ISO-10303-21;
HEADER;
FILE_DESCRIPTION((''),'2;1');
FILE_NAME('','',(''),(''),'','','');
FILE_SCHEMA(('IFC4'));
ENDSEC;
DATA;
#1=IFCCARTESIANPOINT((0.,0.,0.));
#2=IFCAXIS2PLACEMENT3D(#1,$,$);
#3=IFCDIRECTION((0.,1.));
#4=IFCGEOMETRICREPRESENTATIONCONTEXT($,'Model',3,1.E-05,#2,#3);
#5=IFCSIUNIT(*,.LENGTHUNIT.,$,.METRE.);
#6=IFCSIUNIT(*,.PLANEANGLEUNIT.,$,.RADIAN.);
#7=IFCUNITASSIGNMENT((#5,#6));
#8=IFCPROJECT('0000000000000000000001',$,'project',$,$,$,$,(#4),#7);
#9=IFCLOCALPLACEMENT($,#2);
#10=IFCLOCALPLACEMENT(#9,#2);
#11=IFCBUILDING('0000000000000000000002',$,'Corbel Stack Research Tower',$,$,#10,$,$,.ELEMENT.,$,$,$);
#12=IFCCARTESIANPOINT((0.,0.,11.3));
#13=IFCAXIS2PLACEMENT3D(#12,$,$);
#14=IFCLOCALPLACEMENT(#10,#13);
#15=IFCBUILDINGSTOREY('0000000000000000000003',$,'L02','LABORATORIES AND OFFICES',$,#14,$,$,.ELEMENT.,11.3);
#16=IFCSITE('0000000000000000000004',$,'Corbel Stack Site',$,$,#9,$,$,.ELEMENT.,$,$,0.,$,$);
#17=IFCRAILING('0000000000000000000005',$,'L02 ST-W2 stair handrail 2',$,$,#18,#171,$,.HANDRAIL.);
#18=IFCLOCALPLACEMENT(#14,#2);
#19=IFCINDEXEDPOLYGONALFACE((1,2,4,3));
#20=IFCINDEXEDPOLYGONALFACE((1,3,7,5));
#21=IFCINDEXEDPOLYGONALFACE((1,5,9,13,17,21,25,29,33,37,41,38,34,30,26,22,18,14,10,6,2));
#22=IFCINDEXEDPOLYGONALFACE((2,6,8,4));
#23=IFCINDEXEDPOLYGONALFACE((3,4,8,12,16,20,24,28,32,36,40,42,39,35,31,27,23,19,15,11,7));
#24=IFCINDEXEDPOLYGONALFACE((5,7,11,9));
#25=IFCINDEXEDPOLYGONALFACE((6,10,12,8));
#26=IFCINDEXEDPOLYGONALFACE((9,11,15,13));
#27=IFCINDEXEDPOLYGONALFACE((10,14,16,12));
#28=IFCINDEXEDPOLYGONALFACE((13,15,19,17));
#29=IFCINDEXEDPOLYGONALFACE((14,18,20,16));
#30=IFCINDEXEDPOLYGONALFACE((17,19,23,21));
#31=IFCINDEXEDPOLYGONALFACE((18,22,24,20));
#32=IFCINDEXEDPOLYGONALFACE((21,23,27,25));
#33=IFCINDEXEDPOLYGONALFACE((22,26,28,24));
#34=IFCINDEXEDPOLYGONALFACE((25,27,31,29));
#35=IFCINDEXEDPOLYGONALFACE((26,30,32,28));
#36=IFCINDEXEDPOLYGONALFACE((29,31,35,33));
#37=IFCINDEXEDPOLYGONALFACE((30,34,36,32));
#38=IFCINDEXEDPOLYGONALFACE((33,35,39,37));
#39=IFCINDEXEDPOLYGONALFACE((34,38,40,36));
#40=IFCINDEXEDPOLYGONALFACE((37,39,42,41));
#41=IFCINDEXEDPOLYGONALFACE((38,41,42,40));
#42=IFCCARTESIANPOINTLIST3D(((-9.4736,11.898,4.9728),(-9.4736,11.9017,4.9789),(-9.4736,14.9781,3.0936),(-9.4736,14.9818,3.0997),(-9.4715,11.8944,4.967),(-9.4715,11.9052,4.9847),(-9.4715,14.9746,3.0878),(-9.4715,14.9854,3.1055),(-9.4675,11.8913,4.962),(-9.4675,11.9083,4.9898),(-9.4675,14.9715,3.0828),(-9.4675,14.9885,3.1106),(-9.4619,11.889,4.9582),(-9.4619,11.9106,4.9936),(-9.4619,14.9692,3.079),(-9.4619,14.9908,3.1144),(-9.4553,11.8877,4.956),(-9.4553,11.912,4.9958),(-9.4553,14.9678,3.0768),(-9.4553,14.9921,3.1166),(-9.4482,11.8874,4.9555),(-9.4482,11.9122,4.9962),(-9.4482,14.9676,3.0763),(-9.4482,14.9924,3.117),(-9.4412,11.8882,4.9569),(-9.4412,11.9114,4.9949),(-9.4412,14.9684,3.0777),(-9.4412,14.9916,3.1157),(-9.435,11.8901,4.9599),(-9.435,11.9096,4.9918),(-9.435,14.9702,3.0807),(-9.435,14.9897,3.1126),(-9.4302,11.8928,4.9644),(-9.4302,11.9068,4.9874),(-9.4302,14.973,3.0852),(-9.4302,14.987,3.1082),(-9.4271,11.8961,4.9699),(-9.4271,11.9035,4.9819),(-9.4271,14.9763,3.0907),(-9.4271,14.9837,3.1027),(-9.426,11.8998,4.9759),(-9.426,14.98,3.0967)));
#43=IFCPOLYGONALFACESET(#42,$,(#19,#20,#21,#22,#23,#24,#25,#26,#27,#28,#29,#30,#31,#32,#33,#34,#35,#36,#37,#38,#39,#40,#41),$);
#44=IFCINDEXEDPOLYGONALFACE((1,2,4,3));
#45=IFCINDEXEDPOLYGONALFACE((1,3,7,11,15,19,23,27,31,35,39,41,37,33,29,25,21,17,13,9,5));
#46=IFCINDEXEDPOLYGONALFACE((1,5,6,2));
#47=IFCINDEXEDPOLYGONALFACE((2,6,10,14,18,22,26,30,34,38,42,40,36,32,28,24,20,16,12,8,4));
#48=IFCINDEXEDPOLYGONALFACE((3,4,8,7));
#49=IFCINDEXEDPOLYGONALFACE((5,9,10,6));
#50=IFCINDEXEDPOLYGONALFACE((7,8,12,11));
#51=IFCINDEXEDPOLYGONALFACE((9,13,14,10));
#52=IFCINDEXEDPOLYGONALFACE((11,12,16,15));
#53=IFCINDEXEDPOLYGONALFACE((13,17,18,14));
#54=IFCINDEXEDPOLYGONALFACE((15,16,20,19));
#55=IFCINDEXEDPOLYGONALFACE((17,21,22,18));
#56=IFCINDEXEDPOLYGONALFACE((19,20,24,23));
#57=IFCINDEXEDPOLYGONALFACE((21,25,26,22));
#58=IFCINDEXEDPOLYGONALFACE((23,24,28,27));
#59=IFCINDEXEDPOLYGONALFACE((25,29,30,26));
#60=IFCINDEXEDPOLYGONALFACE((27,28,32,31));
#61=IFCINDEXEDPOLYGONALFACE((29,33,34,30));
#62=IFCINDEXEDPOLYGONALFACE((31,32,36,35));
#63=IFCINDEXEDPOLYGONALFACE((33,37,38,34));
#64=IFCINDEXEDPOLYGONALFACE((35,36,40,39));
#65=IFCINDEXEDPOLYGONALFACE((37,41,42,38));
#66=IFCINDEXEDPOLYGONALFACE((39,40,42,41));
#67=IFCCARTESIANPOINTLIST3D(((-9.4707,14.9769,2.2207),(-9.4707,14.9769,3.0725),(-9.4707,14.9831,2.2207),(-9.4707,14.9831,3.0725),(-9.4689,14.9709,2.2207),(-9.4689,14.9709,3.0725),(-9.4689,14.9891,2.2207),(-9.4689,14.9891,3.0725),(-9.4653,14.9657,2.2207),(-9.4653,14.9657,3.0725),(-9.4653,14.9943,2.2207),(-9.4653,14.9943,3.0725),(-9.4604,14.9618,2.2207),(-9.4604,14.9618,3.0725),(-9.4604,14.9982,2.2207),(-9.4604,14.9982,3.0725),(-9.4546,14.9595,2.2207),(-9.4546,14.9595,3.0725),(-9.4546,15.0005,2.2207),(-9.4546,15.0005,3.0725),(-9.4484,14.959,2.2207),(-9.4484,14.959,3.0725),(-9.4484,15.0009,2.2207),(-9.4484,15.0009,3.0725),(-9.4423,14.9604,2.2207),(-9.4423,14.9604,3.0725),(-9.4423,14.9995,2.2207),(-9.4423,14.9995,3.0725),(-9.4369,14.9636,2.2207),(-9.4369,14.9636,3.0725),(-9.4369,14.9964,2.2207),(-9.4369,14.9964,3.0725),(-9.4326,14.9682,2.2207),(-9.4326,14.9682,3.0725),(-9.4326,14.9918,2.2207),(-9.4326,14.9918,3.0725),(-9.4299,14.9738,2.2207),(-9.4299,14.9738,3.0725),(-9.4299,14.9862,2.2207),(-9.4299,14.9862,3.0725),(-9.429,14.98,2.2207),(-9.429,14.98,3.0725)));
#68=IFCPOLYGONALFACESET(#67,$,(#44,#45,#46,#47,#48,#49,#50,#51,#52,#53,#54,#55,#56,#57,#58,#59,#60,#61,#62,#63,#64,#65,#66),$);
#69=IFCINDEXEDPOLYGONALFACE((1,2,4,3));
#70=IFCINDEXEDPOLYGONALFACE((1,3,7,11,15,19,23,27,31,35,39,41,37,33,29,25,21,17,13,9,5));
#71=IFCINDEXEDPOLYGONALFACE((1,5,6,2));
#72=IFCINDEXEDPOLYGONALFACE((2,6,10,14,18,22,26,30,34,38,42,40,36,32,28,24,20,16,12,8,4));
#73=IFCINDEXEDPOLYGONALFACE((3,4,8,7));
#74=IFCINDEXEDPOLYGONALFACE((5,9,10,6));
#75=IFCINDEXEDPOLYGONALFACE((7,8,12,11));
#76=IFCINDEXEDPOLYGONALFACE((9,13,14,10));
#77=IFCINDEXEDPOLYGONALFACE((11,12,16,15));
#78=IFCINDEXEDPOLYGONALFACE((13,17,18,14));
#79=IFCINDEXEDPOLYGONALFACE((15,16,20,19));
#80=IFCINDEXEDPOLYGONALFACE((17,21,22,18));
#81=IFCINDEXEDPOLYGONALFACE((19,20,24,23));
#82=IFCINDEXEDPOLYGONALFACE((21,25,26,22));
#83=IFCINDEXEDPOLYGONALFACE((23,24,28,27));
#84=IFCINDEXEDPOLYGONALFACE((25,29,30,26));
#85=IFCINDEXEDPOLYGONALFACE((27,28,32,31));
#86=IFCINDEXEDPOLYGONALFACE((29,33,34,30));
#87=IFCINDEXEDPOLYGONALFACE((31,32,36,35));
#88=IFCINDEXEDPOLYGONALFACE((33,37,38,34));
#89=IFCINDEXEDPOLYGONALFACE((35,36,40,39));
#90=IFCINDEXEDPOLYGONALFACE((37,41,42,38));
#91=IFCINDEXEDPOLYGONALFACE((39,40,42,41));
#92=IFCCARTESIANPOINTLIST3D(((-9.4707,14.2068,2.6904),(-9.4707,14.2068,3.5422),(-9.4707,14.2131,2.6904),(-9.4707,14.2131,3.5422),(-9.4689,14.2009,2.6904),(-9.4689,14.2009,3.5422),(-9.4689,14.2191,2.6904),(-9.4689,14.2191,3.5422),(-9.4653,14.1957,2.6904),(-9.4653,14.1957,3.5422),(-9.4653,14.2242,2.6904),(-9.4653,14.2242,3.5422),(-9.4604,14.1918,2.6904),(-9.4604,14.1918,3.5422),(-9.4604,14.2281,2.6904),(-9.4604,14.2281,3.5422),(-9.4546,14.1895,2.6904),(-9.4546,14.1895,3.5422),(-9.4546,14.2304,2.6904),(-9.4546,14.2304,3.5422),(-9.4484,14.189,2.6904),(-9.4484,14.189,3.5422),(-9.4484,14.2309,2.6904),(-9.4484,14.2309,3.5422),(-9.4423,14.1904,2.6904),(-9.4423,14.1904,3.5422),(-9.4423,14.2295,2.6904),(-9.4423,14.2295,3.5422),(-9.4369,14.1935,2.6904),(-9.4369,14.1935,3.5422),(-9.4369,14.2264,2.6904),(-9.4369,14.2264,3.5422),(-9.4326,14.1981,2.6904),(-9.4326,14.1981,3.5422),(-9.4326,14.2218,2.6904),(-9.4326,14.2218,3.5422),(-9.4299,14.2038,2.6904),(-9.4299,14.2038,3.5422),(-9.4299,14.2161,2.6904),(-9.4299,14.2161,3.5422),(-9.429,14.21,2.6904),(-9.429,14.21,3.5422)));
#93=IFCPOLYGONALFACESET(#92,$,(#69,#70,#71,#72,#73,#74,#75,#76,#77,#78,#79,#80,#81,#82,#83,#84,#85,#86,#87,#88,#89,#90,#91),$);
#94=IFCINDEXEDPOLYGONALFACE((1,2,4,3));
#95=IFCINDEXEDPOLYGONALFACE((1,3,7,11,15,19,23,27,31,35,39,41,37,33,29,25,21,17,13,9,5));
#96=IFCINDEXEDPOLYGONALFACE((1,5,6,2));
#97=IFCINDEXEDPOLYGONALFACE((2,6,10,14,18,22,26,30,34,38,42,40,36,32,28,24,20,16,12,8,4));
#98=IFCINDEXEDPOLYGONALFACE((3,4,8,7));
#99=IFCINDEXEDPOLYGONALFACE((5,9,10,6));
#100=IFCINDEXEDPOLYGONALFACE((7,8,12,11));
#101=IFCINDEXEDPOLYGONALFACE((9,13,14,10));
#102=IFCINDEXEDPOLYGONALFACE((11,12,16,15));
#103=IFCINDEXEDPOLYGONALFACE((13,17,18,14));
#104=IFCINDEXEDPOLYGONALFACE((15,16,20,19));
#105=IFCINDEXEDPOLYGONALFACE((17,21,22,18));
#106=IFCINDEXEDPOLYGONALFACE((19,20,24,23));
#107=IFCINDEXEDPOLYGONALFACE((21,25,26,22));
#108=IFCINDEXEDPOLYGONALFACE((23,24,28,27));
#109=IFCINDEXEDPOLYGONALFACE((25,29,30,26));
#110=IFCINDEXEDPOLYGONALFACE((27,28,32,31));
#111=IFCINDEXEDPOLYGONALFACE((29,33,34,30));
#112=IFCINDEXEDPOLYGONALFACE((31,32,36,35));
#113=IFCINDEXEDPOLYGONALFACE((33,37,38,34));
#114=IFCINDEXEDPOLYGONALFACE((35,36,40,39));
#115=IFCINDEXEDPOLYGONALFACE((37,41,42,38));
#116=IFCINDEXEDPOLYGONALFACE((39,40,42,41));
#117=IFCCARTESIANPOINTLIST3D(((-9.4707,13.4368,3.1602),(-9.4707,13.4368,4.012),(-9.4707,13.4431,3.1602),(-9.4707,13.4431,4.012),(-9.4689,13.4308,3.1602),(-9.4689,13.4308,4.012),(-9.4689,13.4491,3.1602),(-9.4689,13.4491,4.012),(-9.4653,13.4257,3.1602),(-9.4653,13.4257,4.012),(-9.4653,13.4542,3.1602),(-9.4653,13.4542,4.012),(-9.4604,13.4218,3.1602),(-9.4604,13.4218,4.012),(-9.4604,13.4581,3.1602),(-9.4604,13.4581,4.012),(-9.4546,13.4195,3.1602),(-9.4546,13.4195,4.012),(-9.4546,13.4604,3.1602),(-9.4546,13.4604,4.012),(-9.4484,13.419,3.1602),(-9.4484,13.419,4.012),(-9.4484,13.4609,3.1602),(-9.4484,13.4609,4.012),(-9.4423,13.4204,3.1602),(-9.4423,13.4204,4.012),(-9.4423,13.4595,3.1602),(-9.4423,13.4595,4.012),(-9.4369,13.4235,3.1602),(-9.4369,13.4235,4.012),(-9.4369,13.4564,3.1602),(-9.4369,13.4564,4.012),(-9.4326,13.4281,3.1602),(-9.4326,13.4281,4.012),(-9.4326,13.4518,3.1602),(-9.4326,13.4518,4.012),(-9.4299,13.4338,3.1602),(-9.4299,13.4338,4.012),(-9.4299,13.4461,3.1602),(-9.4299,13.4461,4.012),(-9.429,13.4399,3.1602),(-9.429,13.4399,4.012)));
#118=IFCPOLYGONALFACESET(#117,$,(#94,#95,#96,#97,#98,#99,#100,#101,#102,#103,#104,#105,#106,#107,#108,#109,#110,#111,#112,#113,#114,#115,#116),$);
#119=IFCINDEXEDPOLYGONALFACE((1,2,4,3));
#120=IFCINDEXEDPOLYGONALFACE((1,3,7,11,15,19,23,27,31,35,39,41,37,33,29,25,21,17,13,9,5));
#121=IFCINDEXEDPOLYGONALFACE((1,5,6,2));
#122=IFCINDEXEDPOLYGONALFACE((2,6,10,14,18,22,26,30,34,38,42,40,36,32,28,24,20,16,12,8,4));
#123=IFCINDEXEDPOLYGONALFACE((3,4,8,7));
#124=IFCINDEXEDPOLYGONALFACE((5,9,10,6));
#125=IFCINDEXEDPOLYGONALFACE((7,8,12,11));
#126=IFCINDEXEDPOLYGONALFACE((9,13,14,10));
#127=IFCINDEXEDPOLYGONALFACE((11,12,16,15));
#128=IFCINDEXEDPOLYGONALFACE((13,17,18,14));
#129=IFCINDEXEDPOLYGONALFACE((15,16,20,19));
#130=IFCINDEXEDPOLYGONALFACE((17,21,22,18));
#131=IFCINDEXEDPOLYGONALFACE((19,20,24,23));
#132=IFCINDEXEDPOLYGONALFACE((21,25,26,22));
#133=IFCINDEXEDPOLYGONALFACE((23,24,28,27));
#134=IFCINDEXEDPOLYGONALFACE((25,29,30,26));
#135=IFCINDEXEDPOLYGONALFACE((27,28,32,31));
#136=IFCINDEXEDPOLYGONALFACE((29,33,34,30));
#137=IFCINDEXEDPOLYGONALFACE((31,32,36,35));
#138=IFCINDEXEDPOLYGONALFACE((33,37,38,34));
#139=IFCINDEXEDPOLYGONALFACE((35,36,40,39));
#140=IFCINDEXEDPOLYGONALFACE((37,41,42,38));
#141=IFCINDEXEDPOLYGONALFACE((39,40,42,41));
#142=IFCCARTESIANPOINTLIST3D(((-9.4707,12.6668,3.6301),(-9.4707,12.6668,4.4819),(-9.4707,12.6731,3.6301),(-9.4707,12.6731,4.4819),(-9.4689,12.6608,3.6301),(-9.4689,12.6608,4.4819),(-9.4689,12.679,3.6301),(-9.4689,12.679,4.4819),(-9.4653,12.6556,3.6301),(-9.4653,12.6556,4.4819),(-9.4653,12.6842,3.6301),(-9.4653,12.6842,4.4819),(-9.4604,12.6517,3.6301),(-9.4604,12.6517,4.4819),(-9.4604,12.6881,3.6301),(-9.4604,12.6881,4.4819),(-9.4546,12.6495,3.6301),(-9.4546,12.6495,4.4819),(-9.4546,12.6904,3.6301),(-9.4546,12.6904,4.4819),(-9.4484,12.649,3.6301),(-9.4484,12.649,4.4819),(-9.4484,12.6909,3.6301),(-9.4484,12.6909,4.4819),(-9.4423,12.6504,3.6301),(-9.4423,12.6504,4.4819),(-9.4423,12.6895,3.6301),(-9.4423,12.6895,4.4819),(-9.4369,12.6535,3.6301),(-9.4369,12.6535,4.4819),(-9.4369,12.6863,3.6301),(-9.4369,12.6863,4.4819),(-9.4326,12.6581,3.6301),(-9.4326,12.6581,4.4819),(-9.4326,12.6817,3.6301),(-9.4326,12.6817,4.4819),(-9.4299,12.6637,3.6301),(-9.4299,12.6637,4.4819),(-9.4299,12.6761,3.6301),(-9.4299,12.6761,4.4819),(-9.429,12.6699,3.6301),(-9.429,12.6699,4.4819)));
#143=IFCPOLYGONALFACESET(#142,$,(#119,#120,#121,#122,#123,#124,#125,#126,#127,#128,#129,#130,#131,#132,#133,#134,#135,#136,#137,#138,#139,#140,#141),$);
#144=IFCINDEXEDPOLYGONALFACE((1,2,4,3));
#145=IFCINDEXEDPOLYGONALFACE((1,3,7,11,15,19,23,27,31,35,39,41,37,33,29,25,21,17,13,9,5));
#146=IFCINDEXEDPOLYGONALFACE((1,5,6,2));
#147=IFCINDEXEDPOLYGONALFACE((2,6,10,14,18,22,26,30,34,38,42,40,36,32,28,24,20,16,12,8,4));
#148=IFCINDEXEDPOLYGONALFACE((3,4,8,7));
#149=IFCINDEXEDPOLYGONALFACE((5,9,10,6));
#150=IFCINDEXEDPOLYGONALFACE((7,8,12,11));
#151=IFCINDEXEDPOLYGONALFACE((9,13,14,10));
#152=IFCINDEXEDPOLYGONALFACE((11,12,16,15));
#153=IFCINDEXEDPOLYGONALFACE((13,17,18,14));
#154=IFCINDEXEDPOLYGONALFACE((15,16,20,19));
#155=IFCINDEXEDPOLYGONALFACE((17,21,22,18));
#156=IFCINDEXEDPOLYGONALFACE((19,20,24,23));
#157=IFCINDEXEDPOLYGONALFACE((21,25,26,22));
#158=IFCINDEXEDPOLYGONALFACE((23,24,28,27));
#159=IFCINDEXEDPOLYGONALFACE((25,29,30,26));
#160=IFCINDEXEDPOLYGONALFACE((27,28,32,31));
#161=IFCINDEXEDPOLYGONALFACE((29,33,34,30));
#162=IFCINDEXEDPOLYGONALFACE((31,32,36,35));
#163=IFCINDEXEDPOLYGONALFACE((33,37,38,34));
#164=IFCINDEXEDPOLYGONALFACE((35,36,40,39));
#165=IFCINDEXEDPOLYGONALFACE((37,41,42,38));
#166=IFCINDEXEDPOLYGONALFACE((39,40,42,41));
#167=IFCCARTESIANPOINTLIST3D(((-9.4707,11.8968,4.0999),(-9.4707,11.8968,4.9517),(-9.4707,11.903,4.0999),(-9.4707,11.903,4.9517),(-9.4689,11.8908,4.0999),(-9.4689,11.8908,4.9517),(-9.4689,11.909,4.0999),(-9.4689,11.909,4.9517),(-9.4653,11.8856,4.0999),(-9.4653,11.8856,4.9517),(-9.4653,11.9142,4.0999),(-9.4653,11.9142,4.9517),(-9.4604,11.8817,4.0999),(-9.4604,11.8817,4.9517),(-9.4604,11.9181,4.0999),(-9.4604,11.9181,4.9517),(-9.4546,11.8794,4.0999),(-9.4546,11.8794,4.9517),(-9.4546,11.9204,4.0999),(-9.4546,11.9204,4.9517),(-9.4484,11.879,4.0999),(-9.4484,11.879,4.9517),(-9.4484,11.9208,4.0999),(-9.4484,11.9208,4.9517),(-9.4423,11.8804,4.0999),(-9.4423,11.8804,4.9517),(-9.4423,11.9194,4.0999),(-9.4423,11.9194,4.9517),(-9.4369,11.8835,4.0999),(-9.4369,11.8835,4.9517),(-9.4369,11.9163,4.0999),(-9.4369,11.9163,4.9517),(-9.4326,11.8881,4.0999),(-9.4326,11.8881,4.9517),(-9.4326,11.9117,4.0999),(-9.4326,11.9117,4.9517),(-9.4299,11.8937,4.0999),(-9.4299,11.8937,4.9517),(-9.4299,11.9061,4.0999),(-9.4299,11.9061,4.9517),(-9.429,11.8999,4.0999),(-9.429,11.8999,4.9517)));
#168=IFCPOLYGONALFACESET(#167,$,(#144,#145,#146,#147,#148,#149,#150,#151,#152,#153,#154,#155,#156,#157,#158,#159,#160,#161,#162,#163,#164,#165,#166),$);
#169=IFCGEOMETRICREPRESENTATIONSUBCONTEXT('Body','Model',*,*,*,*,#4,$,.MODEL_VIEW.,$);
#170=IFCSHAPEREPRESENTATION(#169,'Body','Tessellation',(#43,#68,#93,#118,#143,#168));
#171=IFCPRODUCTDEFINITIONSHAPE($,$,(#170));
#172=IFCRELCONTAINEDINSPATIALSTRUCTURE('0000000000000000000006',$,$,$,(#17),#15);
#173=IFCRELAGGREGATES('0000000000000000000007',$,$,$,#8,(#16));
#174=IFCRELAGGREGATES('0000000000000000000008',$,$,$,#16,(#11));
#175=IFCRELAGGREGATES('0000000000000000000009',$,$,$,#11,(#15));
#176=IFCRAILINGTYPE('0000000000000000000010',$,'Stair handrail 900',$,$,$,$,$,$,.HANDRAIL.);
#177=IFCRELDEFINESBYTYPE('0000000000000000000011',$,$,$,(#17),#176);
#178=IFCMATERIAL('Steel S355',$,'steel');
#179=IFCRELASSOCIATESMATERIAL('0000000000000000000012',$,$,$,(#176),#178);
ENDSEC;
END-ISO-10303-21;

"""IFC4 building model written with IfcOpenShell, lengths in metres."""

from ifc_helpers import new_model, si_unit, direction, frame, origin, origin_2d, place, context, subcontext, project, spatial, circle, extrude, material, type_object, element, save


model = new_model("IFC4")

# Units and contexts
model_context = context("Model", 3, precision=1e-05, world=origin(), true_north=direction((0.0, 1.0)))
body_context = subcontext(model_context, "Body", "Model", "MODEL_VIEW")
ifc_project = project(units=[si_unit("LENGTHUNIT", "METRE"), si_unit("PLANEANGLEUNIT", "RADIAN")], contexts=[model_context])

# Site, building, storey
site_placement = place(None, origin())
site = spatial("IfcSite", under=ifc_project, at=site_placement, Name="Corbel Stack Site", CompositionType="ELEMENT", RefElevation=0.0)
building_placement = place(site_placement, origin())
building = spatial("IfcBuilding", under=site, at=building_placement, Name="Corbel Stack Research Tower", CompositionType="ELEMENT")
storey_placement = place(building_placement, frame((0.0, 0.0, 11.3)))
storey = spatial("IfcBuildingStorey", under=building, at=storey_placement, Name="L02", Description="LABORATORIES AND OFFICES", CompositionType="ELEMENT", Elevation=11.3)

# Railing
ifc_material_1 = material(Name="Steel S355", Category="steel")
railing_type_1 = type_object("IfcRailingType", Name="Stair handrail 900", PredefinedType="HANDRAIL", material=ifc_material_1)
railing_1_placement = place(storey_placement, frame((-9.45, 14.98, 2.2207)))
element("IfcRailing", 1, at=railing_1_placement, inside=storey, type_object=railing_type_1, Name="L02 ST-W2 stair handrail 2", PredefinedType="HANDRAIL", context=body_context, shape_type="SweptSolid", body=[
    extrude(circle(Radius=0.0239, at=origin_2d()), frame((0.0, 0.0, 0.876), z_axis=(0.0, -0.853666, 0.52082), x_axis=(1.0, 0.0, 0.0)), (0.0, 0.0, 1.0), 3.6082),
    extrude(circle(Radius=0.021, at=origin_2d()), origin(), (0.0, 0.0, 1.0), 0.8518),
    extrude(circle(Radius=0.021, at=origin_2d()), frame((0.0, -0.77, 0.4697)), (0.0, 0.0, 1.0), 0.8518),
    extrude(circle(Radius=0.021, at=origin_2d()), frame((0.0, -1.54, 0.9395)), (0.0, 0.0, 1.0), 0.8518),
    extrude(circle(Radius=0.021, at=origin_2d()), frame((0.0, -2.3101, 1.4094)), (0.0, 0.0, 1.0), 0.8518),
    extrude(circle(Radius=0.021, at=origin_2d()), frame((0.0, -3.0801, 1.8792)), (0.0, 0.0, 1.0), 0.8518),
])

save(model, "model.ifc")
